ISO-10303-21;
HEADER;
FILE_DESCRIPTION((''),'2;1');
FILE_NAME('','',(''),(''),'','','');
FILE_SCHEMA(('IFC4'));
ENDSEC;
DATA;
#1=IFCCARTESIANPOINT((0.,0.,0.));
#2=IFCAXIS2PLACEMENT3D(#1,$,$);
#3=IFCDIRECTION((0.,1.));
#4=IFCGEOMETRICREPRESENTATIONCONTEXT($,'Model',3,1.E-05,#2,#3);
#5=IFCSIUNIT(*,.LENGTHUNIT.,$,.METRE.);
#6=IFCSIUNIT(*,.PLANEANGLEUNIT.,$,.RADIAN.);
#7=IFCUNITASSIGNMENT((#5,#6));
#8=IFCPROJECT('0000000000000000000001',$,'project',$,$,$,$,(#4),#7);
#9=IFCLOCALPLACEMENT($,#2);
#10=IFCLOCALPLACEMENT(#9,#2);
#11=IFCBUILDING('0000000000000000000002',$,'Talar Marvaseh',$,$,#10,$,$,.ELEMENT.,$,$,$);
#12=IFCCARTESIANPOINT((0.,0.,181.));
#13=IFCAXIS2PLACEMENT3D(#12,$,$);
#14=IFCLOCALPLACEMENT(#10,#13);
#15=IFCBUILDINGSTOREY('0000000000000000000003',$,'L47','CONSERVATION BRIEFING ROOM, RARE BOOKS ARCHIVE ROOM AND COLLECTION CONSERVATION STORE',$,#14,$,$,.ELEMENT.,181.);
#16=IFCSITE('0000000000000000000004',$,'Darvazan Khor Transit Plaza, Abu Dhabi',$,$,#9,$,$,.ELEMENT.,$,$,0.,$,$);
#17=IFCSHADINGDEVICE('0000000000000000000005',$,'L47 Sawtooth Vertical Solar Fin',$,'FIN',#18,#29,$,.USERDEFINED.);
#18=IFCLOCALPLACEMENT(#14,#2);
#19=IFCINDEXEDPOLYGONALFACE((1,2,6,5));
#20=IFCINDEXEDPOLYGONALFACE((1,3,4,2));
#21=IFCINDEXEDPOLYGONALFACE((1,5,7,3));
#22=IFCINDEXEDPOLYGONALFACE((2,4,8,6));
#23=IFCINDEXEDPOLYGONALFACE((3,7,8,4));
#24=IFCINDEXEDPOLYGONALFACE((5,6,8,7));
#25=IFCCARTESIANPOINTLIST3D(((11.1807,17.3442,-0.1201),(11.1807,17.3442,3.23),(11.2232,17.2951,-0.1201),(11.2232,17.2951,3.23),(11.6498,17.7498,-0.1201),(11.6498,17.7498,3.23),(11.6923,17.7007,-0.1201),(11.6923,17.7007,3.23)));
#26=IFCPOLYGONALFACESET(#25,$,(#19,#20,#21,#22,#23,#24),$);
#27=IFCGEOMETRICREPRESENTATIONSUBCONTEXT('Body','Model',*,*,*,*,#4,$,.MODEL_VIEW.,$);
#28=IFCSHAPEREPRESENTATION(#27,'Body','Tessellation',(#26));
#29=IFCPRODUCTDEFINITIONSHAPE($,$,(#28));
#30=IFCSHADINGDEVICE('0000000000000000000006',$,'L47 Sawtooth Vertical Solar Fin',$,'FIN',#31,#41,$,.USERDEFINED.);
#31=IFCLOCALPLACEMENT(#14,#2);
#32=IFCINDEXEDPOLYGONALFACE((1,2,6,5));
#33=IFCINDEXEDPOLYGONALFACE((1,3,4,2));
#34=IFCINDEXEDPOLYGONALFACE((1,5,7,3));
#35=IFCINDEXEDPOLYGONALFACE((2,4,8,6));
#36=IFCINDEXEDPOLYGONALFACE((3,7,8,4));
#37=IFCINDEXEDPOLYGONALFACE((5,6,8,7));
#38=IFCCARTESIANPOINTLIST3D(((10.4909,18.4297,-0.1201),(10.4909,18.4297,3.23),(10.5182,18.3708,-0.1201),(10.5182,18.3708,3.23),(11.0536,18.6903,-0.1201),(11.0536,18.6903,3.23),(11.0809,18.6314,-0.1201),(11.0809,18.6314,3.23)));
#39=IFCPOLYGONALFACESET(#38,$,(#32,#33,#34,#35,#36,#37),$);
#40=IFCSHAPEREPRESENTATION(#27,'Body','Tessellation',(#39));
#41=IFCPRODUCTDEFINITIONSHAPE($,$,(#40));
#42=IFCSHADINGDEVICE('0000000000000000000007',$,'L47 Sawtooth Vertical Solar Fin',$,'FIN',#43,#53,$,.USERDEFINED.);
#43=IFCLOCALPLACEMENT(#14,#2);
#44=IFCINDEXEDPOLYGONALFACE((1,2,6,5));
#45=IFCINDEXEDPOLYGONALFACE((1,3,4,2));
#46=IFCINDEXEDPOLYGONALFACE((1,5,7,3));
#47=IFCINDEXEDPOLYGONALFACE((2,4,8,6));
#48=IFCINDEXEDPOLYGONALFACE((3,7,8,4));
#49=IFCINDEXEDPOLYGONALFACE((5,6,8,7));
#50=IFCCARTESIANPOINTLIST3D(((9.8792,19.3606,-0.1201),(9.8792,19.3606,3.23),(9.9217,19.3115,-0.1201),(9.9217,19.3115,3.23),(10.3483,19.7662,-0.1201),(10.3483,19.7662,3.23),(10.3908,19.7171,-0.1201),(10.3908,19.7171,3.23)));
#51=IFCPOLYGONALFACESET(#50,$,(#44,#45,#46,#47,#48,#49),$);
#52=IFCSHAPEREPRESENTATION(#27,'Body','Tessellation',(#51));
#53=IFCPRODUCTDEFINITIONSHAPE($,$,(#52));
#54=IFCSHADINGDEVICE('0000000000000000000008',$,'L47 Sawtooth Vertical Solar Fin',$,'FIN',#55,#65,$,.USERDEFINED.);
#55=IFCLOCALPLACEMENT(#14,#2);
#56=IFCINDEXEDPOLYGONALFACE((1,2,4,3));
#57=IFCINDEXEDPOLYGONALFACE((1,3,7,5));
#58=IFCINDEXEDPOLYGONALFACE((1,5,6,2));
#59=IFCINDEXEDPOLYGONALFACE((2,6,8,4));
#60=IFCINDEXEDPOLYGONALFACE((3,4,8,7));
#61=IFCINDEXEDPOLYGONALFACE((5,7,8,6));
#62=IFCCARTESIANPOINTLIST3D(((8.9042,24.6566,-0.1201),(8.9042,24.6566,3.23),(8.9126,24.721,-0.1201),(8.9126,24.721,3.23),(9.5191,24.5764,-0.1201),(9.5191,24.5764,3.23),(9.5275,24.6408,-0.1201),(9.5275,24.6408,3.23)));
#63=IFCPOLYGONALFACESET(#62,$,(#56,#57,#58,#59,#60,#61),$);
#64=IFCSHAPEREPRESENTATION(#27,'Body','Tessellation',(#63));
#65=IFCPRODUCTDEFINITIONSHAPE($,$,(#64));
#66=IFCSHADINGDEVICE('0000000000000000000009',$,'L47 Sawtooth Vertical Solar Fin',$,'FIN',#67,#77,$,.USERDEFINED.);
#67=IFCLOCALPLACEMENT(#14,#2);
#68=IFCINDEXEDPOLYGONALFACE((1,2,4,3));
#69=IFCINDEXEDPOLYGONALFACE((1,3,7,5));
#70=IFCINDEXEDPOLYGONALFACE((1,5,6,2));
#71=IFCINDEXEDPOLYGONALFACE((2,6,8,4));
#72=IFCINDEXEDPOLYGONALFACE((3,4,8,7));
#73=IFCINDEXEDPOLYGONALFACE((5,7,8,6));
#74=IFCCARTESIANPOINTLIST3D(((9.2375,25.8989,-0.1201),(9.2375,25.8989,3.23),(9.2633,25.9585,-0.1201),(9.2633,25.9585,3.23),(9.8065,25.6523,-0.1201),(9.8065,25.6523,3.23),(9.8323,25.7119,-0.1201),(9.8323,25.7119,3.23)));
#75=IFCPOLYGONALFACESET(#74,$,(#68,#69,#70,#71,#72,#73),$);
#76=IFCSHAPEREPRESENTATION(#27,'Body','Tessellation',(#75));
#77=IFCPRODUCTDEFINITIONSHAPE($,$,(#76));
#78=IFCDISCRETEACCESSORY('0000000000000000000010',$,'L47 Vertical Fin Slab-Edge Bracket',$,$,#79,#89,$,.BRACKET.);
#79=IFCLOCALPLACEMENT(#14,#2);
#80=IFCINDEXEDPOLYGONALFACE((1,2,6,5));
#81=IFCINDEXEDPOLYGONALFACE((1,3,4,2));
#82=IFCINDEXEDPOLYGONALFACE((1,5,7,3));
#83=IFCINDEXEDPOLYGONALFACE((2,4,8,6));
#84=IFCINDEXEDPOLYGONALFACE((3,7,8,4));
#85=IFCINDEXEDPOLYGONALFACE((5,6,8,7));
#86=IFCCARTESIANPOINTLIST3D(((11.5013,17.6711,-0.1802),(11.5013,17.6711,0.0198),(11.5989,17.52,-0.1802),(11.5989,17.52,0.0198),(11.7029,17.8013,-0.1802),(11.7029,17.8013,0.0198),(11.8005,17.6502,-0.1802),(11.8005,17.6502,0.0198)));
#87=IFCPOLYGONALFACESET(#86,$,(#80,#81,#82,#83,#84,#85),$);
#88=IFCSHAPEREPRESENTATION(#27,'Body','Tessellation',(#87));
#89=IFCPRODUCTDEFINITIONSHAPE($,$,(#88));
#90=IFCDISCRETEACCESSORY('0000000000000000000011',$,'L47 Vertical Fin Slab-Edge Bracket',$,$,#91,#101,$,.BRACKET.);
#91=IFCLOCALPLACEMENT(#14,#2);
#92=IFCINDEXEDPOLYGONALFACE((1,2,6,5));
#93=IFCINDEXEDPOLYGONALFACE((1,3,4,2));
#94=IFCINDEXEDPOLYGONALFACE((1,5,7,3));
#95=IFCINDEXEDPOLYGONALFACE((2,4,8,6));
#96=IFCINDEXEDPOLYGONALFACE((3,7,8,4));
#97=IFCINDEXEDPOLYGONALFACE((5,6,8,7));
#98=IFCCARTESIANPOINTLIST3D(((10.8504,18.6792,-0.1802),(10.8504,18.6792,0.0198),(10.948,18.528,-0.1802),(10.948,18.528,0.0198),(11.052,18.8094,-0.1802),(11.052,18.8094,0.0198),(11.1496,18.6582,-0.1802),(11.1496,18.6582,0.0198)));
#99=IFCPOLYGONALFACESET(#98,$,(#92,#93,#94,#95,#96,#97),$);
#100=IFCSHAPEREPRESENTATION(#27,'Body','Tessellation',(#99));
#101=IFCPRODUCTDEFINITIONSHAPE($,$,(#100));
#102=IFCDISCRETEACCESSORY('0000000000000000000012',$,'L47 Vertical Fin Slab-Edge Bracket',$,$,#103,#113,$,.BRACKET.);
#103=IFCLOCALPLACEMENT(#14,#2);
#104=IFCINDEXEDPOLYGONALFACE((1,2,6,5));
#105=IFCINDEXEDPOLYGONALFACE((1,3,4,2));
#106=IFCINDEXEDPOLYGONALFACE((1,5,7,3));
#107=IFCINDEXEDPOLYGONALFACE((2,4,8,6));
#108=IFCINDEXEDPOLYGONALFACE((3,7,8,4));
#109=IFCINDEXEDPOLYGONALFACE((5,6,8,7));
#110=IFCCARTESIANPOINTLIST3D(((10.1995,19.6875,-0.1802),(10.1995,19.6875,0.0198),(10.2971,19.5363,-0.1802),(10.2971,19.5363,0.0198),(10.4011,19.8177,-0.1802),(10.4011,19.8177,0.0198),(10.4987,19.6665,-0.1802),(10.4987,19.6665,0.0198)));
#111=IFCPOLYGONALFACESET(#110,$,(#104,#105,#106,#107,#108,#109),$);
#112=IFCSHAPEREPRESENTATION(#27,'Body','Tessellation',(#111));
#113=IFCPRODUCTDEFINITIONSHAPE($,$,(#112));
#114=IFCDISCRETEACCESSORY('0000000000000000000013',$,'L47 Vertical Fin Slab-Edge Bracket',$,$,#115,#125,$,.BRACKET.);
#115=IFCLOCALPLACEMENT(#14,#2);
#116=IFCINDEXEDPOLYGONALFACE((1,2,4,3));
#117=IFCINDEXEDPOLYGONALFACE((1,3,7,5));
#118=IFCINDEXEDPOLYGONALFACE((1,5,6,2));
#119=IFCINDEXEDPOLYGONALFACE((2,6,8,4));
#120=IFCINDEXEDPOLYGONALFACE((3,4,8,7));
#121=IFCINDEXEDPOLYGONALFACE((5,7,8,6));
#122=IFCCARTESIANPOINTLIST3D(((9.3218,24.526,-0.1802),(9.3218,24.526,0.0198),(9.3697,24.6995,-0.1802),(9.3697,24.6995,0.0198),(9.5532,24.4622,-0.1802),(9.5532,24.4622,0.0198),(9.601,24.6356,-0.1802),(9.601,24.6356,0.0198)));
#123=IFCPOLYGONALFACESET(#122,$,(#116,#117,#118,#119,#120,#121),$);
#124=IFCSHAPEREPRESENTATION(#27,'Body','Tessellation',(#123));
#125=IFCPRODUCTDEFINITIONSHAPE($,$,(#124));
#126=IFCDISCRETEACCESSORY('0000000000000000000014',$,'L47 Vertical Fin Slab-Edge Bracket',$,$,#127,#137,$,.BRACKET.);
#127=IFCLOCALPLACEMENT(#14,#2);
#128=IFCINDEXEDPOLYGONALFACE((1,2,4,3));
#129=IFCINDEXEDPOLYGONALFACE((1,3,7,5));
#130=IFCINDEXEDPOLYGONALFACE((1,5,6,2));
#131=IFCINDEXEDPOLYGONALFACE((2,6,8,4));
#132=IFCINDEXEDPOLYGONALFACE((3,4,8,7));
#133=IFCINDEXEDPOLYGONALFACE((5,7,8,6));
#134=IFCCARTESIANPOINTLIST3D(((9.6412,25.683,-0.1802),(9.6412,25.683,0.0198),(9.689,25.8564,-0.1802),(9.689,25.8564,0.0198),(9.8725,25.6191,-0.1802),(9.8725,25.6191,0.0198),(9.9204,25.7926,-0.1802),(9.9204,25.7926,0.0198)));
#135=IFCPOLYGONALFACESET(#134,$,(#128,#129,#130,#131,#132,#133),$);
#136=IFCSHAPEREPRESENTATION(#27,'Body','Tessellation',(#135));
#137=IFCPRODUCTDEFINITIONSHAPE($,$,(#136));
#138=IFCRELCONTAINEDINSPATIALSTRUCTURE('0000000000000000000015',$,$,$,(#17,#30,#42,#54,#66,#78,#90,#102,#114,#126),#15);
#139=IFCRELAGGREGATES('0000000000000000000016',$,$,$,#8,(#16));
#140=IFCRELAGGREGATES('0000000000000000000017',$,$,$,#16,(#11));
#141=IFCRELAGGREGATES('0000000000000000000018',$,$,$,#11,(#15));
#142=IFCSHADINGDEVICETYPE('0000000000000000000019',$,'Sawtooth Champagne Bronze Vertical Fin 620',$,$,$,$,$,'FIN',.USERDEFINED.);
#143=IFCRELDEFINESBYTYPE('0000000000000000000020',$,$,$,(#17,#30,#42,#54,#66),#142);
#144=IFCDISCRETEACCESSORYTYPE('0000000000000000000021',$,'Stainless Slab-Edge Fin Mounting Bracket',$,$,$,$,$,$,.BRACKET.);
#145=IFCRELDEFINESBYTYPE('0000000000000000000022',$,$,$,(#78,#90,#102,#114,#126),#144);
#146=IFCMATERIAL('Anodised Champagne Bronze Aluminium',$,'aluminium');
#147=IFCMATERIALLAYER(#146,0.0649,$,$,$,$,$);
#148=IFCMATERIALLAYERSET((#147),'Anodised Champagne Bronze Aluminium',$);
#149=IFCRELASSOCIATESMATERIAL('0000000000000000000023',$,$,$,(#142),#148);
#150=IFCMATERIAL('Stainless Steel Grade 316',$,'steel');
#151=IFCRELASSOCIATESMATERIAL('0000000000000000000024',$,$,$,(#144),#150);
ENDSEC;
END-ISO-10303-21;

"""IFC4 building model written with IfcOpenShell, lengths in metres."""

from ifc_helpers import new_model, si_unit, direction, frame, origin, origin_2d, place, context, subcontext, project, spatial, rectangle, extrude, source, transform, mapped, material, layer, layer_set, type_object, type_shapes, element, save


model = new_model("IFC4")

# Units and contexts
model_context = context("Model", 3, precision=1e-05, world=origin(), true_north=direction((0.0, 1.0)))
body_context = subcontext(model_context, "Body", "Model", "MODEL_VIEW")
ifc_project = project(units=[si_unit("LENGTHUNIT", "METRE"), si_unit("PLANEANGLEUNIT", "RADIAN")], contexts=[model_context])

# Site, building, storey
site_placement = place(None, origin())
site = spatial("IfcSite", under=ifc_project, at=site_placement, Name="Darvazan Khor Transit Plaza, Abu Dhabi", CompositionType="ELEMENT", RefElevation=0.0)
building_placement = place(site_placement, origin())
building = spatial("IfcBuilding", under=site, at=building_placement, Name="Talar Marvaseh", CompositionType="ELEMENT")
storey_placement = place(building_placement, frame((0.0, 0.0, 181.0)))
storey = spatial("IfcBuildingStorey", under=building, at=storey_placement, Name="L47", Description="CONSERVATION BRIEFING ROOM, RARE BOOKS ARCHIVE ROOM AND COLLECTION CONSERVATION STORE", CompositionType="ELEMENT", Elevation=181.0)

# Shading devices
ifc_material_1 = material(Name="Anodised Champagne Bronze Aluminium", Category="aluminium")
ifc_layer_1 = layer(ifc_material_1, 0.0649)
ifc_layer_set_1 = layer_set([ifc_layer_1], Name="Anodised Champagne Bronze Aluminium")
shading_device_type = type_object("IfcShadingDeviceType", Name="Sawtooth Champagne Bronze Vertical Fin 620", ElementType="FIN", PredefinedType="USERDEFINED", material=ifc_layer_set_1)
shared_shape_1 = source(origin(), body_context, "Body", "SweptSolid", [
    extrude(rectangle(XDim=0.6201, YDim=0.0649, at=origin_2d()), origin(), (0.0, 0.0, 1.0), 3.3501),
])
type_shapes(shading_device_type, [shared_shape_1])
for number, where, z_axis, x_axis, name in (
    (1, (11.4365, 17.5225, -0.1201), (0.0, 0.0, 1.0), (-0.756425, -0.654081, 0.0), "L47 Sawtooth Vertical Solar Fin"),
    (2, (10.7859, 18.5305, -0.1201), (0.0, 0.0, 1.0), (-0.907411, -0.420244, 0.0), "L47 Sawtooth Vertical Solar Fin"),
    (3, (10.135, 19.5388, -0.1201), (0.0, 0.0, 1.0), (-0.756425, -0.654081, 0.0), "L47 Sawtooth Vertical Solar Fin"),
    (4, (9.2158, 24.6487, -0.1201), (0.0, 0.0, 1.0), (-0.991604, 0.129315, 0.0), "L47 Sawtooth Vertical Solar Fin"),
    (5, (9.5349, 25.8054, -0.1201), (0.0, 0.0, 1.0), (-0.917547, 0.397628, 0.0), "L47 Sawtooth Vertical Solar Fin"),
):
    element("IfcShadingDevice", number, at=place(storey_placement, frame(where, z_axis=z_axis, x_axis=x_axis)), inside=storey, type_object=shading_device_type, Name=name, ObjectType="FIN", PredefinedType="USERDEFINED", context=body_context, shape_type="MappedRepresentation", body=[
        mapped(shared_shape_1, transform((0.0, 0.0, 0.0), x_axis=(1.0, 0.0, 0.0), y_axis=(0.0, 1.0, 0.0), z_axis=(0.0, 0.0, 1.0), scale=1.0)),
    ])

# Discrete accessories
ifc_material_2 = material(Name="Stainless Steel Grade 316", Category="steel")
discrete_accessory_type = type_object("IfcDiscreteAccessoryType", Name="Stainless Slab-Edge Fin Mounting Bracket", PredefinedType="BRACKET", material=ifc_material_2)
shared_shape_2 = source(origin(), body_context, "Body", "SweptSolid", [
    extrude(rectangle(XDim=0.24, YDim=0.1799, at=origin_2d()), origin(), (0.0, 0.0, 1.0), 0.2),
])
type_shapes(discrete_accessory_type, [shared_shape_2])
for number, where, z_axis, x_axis, name in (
    (6, (11.6509, 17.6606, -0.1802), (0.0, 0.0, 1.0), (-0.840094, -0.542442, 0.0), "L47 Vertical Fin Slab-Edge Bracket"),
    (7, (11.0, 18.6687, -0.1802), (0.0, 0.0, 1.0), (-0.840094, -0.542442, 0.0), "L47 Vertical Fin Slab-Edge Bracket"),
    (8, (10.3491, 19.677, -0.1802), (0.0, 0.0, 1.0), (-0.840094, -0.542442, 0.0), "L47 Vertical Fin Slab-Edge Bracket"),
    (9, (9.4614, 24.5808, -0.1802), (0.0, 0.0, 1.0), (-0.963956, 0.266061, 0.0), "L47 Vertical Fin Slab-Edge Bracket"),
    (10, (9.7808, 25.7378, -0.1802), (0.0, 0.0, 1.0), (-0.963956, 0.266061, 0.0), "L47 Vertical Fin Slab-Edge Bracket"),
):
    element("IfcDiscreteAccessory", number, at=place(storey_placement, frame(where, z_axis=z_axis, x_axis=x_axis)), inside=storey, type_object=discrete_accessory_type, Name=name, PredefinedType="BRACKET", context=body_context, shape_type="MappedRepresentation", body=[
        mapped(shared_shape_2, transform((0.0, 0.0, 0.0), x_axis=(1.0, 0.0, 0.0), y_axis=(0.0, 1.0, 0.0), z_axis=(0.0, 0.0, 1.0), scale=1.0)),
    ])

save(model, "model.ifc")
